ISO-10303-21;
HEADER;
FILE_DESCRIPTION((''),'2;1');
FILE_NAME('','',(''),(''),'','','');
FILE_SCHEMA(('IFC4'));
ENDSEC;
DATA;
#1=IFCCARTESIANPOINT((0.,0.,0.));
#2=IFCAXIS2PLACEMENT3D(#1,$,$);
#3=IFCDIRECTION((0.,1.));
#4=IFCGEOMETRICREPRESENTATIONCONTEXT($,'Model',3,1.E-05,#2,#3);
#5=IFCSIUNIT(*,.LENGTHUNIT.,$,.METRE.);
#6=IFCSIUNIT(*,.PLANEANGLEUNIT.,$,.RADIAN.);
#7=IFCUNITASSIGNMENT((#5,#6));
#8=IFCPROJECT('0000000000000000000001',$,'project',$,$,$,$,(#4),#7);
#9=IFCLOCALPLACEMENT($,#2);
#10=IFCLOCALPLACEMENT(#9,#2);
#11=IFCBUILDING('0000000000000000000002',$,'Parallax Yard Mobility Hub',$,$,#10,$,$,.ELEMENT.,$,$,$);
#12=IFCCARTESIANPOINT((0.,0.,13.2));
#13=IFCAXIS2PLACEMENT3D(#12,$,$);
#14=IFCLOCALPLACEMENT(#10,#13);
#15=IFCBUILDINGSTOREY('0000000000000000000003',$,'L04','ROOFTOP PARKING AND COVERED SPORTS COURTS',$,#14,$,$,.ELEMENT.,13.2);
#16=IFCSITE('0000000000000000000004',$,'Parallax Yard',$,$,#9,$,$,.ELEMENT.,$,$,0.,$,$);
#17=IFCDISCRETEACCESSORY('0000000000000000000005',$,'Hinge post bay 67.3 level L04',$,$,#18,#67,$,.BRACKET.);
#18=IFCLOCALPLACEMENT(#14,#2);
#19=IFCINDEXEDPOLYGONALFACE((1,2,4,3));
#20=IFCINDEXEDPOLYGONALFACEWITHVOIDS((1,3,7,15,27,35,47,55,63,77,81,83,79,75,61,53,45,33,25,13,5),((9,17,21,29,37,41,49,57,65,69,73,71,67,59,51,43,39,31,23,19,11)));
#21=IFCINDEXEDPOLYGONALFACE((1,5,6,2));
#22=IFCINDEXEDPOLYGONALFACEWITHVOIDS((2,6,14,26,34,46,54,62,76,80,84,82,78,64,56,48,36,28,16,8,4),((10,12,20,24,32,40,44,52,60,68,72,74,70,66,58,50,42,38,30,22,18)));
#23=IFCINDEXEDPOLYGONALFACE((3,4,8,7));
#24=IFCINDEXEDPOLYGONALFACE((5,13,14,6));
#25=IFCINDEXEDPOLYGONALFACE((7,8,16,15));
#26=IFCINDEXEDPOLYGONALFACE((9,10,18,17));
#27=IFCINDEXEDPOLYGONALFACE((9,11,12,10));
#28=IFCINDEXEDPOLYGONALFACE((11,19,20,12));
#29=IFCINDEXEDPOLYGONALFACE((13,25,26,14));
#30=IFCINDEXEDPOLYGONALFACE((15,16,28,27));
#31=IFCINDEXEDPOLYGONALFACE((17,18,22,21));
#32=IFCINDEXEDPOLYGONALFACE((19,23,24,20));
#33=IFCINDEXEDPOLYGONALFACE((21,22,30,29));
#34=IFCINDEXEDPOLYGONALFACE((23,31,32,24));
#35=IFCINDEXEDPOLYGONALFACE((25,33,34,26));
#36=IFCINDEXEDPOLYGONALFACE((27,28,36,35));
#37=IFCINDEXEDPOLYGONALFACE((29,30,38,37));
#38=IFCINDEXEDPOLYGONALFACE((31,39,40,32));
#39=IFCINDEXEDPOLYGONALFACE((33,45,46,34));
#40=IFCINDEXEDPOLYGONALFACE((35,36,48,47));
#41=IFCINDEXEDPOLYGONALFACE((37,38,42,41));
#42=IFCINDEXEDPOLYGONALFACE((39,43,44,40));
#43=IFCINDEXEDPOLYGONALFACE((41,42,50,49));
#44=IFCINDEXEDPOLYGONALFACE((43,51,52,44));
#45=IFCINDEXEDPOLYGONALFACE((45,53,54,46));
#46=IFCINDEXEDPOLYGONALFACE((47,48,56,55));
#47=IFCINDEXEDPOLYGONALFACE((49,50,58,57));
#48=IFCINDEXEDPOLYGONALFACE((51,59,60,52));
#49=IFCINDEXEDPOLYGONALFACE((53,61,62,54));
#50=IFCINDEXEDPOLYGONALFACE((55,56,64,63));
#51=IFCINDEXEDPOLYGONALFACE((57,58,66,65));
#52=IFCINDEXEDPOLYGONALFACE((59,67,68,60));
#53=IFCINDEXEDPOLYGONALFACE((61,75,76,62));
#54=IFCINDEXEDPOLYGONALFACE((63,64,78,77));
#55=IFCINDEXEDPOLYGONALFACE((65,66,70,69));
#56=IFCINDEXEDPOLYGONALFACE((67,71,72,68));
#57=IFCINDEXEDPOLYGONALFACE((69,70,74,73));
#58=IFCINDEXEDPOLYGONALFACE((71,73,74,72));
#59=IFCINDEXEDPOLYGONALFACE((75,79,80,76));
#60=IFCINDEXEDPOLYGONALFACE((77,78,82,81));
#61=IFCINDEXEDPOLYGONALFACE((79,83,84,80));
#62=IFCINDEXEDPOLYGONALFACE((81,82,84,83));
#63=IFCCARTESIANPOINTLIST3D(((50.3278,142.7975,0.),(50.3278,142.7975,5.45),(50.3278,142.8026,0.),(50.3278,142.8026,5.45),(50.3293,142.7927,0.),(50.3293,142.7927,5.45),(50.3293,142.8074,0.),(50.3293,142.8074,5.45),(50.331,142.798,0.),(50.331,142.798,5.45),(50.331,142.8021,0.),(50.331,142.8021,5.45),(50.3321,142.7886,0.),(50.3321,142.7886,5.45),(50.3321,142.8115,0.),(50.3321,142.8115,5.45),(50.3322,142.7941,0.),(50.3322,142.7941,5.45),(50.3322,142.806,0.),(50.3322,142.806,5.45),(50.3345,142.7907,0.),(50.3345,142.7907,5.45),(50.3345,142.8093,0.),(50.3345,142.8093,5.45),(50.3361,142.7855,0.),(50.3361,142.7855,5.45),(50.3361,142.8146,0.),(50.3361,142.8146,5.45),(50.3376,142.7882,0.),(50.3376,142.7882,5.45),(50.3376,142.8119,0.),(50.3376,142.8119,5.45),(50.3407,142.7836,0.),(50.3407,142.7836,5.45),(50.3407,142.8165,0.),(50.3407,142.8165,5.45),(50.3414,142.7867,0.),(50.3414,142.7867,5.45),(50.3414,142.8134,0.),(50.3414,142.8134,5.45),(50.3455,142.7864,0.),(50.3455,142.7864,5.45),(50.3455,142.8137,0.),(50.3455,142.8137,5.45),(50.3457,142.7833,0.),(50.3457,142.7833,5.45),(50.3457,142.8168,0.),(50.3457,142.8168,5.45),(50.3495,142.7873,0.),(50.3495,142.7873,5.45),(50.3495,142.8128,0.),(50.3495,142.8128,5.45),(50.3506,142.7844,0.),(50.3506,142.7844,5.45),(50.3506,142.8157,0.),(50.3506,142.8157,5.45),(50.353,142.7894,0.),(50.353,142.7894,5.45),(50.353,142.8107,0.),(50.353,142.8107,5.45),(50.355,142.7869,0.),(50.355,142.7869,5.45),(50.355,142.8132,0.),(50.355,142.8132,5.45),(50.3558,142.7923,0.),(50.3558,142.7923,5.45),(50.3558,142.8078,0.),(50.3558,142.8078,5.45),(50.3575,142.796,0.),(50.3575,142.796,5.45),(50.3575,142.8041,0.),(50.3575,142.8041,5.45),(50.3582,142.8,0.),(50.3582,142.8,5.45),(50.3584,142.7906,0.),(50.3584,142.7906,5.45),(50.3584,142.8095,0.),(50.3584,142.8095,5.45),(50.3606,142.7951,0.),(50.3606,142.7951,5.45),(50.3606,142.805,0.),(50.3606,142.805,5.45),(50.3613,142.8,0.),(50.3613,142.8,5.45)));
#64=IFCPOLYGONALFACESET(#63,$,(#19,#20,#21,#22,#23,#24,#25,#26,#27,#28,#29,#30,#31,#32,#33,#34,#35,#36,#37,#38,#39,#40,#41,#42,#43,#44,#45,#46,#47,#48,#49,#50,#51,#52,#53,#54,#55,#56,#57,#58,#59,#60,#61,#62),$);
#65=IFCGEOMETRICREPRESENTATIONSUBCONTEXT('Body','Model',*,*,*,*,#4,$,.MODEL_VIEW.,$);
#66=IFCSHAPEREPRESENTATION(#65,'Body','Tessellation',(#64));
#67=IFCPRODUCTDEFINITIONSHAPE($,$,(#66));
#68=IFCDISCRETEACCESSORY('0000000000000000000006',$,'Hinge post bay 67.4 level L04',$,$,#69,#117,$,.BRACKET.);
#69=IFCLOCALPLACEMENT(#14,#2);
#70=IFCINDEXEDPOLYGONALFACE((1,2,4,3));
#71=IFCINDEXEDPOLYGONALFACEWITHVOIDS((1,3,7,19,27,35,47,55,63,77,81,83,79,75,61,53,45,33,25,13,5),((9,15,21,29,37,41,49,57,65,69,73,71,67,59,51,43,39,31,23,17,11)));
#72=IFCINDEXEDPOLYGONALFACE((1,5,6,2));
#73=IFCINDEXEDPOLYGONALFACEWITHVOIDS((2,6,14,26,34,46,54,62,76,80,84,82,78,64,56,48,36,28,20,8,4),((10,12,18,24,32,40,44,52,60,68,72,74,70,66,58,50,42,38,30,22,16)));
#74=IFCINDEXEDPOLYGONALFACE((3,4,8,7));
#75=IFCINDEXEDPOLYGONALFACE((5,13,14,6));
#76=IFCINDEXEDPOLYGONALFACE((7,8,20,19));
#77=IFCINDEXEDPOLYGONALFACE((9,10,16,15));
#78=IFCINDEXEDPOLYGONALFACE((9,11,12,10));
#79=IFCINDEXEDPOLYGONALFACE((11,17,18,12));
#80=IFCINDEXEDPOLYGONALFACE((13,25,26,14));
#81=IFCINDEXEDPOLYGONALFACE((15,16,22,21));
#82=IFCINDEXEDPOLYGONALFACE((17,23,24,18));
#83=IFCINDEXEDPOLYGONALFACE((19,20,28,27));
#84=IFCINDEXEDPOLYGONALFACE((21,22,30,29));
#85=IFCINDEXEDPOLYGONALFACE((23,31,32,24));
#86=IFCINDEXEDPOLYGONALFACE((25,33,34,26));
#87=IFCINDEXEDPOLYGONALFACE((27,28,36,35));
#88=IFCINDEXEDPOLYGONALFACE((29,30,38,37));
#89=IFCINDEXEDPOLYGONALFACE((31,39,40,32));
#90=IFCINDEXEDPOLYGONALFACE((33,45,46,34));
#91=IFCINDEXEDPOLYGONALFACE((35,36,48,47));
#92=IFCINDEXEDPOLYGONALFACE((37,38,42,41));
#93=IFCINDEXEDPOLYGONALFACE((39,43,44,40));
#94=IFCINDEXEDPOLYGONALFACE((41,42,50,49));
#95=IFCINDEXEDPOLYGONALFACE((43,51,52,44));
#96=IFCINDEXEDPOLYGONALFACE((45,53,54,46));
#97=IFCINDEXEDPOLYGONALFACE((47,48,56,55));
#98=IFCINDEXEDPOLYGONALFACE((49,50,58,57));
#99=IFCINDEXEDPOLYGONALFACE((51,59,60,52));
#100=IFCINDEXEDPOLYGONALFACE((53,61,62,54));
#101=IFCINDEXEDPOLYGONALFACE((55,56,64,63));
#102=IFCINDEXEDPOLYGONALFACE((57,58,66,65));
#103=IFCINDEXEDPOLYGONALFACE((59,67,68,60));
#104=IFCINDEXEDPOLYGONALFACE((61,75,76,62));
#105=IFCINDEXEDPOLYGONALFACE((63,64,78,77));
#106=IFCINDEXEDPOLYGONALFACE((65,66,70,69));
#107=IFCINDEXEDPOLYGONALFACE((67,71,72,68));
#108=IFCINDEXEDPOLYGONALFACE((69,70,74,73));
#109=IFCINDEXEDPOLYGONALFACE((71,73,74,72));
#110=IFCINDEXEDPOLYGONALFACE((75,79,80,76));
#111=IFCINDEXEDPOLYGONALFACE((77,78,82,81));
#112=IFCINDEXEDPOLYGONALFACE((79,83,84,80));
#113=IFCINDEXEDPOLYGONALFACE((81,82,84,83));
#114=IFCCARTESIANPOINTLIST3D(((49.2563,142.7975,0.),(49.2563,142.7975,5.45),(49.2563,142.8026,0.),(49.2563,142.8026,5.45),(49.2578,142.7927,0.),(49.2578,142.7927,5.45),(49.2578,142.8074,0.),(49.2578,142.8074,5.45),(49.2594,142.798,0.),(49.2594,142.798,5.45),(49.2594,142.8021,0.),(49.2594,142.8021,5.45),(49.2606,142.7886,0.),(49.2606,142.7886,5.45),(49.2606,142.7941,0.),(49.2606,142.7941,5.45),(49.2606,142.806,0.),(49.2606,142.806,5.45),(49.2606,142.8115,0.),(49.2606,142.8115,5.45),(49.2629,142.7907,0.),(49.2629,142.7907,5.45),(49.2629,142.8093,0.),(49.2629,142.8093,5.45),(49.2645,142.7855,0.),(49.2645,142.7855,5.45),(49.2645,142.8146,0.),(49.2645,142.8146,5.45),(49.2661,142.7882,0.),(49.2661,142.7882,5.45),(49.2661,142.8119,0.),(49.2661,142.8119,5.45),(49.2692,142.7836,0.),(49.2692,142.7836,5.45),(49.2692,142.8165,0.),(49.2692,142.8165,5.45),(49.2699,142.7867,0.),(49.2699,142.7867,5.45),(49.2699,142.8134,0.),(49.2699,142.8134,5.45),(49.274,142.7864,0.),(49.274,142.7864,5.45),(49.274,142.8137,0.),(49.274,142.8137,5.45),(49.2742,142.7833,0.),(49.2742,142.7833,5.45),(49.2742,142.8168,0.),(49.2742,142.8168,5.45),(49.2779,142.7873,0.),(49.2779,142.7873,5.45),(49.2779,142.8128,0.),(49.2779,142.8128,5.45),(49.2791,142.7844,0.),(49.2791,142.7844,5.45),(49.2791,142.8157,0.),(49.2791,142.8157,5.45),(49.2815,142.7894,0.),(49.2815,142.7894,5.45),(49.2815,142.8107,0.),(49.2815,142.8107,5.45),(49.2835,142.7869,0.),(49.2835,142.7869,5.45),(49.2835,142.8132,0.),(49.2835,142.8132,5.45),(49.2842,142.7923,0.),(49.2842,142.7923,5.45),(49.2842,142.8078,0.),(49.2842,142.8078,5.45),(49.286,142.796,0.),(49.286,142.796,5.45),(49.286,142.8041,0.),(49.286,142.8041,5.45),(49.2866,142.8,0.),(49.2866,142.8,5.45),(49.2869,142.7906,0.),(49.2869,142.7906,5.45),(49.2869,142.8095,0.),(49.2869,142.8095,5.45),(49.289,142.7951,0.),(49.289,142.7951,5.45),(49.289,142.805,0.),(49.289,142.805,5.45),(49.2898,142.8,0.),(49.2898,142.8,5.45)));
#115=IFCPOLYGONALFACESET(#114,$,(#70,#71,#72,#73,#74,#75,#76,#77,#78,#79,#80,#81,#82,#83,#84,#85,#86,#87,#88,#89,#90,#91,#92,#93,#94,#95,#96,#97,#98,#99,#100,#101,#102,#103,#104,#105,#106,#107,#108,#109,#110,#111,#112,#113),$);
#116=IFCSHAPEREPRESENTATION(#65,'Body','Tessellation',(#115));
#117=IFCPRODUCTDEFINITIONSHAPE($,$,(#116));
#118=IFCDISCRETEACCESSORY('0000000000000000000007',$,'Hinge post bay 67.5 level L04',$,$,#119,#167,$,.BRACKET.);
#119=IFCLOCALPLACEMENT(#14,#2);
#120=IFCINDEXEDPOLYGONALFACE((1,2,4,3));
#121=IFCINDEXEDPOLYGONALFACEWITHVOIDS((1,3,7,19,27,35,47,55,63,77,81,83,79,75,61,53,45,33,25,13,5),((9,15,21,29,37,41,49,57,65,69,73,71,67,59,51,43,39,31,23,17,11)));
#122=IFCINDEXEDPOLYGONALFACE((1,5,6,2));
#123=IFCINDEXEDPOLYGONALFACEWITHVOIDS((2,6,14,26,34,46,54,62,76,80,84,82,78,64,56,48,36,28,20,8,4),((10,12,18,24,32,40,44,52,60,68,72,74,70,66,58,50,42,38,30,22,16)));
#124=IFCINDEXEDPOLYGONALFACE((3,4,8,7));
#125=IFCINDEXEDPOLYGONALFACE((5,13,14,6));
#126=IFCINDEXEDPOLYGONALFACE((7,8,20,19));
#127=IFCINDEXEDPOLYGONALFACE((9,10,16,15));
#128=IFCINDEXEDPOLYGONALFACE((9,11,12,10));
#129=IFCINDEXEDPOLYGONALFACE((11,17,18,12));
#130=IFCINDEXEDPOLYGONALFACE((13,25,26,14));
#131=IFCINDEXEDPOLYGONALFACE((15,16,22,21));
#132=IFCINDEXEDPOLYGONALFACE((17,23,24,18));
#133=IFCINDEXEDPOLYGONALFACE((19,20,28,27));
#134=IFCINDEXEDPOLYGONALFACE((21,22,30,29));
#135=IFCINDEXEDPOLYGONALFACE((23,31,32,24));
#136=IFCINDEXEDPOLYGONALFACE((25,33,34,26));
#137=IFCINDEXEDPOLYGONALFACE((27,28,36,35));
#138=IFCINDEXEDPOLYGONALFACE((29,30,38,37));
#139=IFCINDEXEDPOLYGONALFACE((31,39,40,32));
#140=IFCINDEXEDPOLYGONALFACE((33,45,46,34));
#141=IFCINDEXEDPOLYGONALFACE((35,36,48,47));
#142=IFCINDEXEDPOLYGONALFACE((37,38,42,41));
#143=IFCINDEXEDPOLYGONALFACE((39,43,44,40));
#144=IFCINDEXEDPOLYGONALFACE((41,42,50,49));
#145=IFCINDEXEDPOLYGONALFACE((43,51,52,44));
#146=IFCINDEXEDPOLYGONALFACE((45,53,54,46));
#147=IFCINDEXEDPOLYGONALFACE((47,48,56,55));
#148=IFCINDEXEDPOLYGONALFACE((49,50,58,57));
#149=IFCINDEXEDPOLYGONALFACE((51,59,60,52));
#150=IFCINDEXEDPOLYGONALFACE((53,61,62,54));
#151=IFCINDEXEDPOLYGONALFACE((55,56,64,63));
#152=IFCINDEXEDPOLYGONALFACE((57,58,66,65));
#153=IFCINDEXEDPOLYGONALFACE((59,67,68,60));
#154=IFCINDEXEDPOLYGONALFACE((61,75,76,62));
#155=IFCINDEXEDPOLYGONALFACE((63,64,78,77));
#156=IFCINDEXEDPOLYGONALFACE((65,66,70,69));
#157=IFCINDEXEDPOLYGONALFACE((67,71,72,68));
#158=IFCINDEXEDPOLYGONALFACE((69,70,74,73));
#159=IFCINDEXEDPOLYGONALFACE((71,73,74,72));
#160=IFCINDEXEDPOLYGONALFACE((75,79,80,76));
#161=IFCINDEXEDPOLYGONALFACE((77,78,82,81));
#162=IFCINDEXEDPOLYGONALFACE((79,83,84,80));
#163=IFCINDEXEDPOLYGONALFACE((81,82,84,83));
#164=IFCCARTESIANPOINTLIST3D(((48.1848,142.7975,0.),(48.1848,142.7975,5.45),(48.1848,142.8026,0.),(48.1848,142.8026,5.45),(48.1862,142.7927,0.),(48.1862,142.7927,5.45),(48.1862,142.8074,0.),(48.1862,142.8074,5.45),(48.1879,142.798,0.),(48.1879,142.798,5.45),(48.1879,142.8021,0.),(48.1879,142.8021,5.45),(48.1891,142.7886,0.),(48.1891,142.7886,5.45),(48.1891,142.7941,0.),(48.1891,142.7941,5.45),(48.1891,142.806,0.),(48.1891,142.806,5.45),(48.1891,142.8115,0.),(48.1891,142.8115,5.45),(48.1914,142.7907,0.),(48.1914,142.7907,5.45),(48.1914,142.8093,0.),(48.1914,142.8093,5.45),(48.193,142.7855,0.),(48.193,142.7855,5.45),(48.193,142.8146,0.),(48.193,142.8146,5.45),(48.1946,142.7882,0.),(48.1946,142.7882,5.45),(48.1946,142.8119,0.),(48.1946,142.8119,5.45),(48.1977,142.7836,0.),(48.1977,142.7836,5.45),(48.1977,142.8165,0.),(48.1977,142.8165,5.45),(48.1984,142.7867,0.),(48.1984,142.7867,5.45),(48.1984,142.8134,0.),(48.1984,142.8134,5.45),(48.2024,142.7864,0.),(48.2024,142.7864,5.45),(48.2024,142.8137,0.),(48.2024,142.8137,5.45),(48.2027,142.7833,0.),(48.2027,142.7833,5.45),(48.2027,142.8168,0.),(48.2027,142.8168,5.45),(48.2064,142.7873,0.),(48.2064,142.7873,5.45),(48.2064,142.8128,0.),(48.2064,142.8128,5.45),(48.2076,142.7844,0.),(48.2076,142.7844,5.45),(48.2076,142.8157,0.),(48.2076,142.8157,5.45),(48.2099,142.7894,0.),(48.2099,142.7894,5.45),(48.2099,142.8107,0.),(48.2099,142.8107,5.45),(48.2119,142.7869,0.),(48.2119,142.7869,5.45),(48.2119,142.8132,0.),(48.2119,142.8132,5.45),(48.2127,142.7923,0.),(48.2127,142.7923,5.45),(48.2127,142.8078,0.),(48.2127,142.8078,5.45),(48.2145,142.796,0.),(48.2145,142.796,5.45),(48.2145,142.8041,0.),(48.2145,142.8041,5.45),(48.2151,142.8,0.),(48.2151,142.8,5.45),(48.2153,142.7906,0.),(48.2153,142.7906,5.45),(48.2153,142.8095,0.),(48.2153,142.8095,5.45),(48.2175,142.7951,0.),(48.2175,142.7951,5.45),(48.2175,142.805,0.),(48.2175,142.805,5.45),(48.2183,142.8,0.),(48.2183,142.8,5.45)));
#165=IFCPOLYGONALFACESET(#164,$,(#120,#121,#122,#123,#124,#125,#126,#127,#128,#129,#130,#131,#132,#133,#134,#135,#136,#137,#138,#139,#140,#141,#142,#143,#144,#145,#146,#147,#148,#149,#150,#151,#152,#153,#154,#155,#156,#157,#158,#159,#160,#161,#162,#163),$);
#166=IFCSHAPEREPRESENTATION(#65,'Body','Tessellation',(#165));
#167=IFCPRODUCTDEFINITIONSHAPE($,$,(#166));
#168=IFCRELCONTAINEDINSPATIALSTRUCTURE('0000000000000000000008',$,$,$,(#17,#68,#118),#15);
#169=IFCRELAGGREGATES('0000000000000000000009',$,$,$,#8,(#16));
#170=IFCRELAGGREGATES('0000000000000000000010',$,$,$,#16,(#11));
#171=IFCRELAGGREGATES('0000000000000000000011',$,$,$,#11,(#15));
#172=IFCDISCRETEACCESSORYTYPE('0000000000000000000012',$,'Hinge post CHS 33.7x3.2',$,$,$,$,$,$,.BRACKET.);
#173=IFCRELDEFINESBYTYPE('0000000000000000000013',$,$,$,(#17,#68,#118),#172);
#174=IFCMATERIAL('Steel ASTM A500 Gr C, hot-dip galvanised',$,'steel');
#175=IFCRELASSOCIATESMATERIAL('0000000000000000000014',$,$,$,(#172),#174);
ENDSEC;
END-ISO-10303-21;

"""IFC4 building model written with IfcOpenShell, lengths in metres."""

from ifc_helpers import new_model, si_unit, direction, frame, origin, origin_2d, place, context, subcontext, project, spatial, hollow_circle, extrude, material, material_profile, profile_set, type_object, element, save


model = new_model("IFC4")

# Units and contexts
model_context = context("Model", 3, precision=1e-05, world=origin(), true_north=direction((0.0, 1.0)))
body_context = subcontext(model_context, "Body", "Model", "MODEL_VIEW")
ifc_project = project(units=[si_unit("LENGTHUNIT", "METRE"), si_unit("PLANEANGLEUNIT", "RADIAN")], contexts=[model_context])

# Site, building, storey
site_placement = place(None, origin())
site = spatial("IfcSite", under=ifc_project, at=site_placement, Name="Parallax Yard", CompositionType="ELEMENT", RefElevation=0.0)
building_placement = place(site_placement, origin())
building = spatial("IfcBuilding", under=site, at=building_placement, Name="Parallax Yard Mobility Hub", CompositionType="ELEMENT")
storey_placement = place(building_placement, frame((0.0, 0.0, 13.2)))
storey = spatial("IfcBuildingStorey", under=building, at=storey_placement, Name="L04", Description="ROOFTOP PARKING AND COVERED SPORTS COURTS", CompositionType="ELEMENT", Elevation=13.2)

# Discrete accessories
ifc_material_1 = material(Name="Steel ASTM A500 Gr C, hot-dip galvanised", Category="steel")
ifc_material_profile = material_profile(ifc_material_1, hollow_circle(Radius=0.0168, WallThickness=0.0032, at=origin_2d()), Name="CHS 33.7x3.2")
ifc_profile_set = profile_set([ifc_material_profile], Name="Steel ASTM A500 Gr C, hot-dip galvanised")
discrete_accessory_type = type_object("IfcDiscreteAccessoryType", Name="Hinge post CHS 33.7x3.2", PredefinedType="BRACKET", material=ifc_profile_set)
for number, where, z_axis, x_axis, name in (
    (1, (50.3445, 142.8, 0.0), (0.0, 0.0, 1.0), (1.0, 0.0, 0.0), "Hinge post bay 67.3 level L04"),
    (2, (49.2729, 142.8, 0.0), (0.0, 0.0, 1.0), (1.0, 0.0, 0.0), "Hinge post bay 67.4 level L04"),
    (3, (48.2014, 142.8, 0.0), (0.0, 0.0, 1.0), (1.0, 0.0, 0.0), "Hinge post bay 67.5 level L04"),
):
    element("IfcDiscreteAccessory", number, at=place(storey_placement, frame(where, z_axis=z_axis, x_axis=x_axis)), inside=storey, type_object=discrete_accessory_type, Name=name, PredefinedType="BRACKET", context=body_context, shape_type="SweptSolid", body=[
        extrude(hollow_circle(Radius=0.0168, WallThickness=0.0032, at=origin_2d()), origin(), (0.0, 0.0, 1.0), 5.45),
    ])

save(model, "model.ifc")
